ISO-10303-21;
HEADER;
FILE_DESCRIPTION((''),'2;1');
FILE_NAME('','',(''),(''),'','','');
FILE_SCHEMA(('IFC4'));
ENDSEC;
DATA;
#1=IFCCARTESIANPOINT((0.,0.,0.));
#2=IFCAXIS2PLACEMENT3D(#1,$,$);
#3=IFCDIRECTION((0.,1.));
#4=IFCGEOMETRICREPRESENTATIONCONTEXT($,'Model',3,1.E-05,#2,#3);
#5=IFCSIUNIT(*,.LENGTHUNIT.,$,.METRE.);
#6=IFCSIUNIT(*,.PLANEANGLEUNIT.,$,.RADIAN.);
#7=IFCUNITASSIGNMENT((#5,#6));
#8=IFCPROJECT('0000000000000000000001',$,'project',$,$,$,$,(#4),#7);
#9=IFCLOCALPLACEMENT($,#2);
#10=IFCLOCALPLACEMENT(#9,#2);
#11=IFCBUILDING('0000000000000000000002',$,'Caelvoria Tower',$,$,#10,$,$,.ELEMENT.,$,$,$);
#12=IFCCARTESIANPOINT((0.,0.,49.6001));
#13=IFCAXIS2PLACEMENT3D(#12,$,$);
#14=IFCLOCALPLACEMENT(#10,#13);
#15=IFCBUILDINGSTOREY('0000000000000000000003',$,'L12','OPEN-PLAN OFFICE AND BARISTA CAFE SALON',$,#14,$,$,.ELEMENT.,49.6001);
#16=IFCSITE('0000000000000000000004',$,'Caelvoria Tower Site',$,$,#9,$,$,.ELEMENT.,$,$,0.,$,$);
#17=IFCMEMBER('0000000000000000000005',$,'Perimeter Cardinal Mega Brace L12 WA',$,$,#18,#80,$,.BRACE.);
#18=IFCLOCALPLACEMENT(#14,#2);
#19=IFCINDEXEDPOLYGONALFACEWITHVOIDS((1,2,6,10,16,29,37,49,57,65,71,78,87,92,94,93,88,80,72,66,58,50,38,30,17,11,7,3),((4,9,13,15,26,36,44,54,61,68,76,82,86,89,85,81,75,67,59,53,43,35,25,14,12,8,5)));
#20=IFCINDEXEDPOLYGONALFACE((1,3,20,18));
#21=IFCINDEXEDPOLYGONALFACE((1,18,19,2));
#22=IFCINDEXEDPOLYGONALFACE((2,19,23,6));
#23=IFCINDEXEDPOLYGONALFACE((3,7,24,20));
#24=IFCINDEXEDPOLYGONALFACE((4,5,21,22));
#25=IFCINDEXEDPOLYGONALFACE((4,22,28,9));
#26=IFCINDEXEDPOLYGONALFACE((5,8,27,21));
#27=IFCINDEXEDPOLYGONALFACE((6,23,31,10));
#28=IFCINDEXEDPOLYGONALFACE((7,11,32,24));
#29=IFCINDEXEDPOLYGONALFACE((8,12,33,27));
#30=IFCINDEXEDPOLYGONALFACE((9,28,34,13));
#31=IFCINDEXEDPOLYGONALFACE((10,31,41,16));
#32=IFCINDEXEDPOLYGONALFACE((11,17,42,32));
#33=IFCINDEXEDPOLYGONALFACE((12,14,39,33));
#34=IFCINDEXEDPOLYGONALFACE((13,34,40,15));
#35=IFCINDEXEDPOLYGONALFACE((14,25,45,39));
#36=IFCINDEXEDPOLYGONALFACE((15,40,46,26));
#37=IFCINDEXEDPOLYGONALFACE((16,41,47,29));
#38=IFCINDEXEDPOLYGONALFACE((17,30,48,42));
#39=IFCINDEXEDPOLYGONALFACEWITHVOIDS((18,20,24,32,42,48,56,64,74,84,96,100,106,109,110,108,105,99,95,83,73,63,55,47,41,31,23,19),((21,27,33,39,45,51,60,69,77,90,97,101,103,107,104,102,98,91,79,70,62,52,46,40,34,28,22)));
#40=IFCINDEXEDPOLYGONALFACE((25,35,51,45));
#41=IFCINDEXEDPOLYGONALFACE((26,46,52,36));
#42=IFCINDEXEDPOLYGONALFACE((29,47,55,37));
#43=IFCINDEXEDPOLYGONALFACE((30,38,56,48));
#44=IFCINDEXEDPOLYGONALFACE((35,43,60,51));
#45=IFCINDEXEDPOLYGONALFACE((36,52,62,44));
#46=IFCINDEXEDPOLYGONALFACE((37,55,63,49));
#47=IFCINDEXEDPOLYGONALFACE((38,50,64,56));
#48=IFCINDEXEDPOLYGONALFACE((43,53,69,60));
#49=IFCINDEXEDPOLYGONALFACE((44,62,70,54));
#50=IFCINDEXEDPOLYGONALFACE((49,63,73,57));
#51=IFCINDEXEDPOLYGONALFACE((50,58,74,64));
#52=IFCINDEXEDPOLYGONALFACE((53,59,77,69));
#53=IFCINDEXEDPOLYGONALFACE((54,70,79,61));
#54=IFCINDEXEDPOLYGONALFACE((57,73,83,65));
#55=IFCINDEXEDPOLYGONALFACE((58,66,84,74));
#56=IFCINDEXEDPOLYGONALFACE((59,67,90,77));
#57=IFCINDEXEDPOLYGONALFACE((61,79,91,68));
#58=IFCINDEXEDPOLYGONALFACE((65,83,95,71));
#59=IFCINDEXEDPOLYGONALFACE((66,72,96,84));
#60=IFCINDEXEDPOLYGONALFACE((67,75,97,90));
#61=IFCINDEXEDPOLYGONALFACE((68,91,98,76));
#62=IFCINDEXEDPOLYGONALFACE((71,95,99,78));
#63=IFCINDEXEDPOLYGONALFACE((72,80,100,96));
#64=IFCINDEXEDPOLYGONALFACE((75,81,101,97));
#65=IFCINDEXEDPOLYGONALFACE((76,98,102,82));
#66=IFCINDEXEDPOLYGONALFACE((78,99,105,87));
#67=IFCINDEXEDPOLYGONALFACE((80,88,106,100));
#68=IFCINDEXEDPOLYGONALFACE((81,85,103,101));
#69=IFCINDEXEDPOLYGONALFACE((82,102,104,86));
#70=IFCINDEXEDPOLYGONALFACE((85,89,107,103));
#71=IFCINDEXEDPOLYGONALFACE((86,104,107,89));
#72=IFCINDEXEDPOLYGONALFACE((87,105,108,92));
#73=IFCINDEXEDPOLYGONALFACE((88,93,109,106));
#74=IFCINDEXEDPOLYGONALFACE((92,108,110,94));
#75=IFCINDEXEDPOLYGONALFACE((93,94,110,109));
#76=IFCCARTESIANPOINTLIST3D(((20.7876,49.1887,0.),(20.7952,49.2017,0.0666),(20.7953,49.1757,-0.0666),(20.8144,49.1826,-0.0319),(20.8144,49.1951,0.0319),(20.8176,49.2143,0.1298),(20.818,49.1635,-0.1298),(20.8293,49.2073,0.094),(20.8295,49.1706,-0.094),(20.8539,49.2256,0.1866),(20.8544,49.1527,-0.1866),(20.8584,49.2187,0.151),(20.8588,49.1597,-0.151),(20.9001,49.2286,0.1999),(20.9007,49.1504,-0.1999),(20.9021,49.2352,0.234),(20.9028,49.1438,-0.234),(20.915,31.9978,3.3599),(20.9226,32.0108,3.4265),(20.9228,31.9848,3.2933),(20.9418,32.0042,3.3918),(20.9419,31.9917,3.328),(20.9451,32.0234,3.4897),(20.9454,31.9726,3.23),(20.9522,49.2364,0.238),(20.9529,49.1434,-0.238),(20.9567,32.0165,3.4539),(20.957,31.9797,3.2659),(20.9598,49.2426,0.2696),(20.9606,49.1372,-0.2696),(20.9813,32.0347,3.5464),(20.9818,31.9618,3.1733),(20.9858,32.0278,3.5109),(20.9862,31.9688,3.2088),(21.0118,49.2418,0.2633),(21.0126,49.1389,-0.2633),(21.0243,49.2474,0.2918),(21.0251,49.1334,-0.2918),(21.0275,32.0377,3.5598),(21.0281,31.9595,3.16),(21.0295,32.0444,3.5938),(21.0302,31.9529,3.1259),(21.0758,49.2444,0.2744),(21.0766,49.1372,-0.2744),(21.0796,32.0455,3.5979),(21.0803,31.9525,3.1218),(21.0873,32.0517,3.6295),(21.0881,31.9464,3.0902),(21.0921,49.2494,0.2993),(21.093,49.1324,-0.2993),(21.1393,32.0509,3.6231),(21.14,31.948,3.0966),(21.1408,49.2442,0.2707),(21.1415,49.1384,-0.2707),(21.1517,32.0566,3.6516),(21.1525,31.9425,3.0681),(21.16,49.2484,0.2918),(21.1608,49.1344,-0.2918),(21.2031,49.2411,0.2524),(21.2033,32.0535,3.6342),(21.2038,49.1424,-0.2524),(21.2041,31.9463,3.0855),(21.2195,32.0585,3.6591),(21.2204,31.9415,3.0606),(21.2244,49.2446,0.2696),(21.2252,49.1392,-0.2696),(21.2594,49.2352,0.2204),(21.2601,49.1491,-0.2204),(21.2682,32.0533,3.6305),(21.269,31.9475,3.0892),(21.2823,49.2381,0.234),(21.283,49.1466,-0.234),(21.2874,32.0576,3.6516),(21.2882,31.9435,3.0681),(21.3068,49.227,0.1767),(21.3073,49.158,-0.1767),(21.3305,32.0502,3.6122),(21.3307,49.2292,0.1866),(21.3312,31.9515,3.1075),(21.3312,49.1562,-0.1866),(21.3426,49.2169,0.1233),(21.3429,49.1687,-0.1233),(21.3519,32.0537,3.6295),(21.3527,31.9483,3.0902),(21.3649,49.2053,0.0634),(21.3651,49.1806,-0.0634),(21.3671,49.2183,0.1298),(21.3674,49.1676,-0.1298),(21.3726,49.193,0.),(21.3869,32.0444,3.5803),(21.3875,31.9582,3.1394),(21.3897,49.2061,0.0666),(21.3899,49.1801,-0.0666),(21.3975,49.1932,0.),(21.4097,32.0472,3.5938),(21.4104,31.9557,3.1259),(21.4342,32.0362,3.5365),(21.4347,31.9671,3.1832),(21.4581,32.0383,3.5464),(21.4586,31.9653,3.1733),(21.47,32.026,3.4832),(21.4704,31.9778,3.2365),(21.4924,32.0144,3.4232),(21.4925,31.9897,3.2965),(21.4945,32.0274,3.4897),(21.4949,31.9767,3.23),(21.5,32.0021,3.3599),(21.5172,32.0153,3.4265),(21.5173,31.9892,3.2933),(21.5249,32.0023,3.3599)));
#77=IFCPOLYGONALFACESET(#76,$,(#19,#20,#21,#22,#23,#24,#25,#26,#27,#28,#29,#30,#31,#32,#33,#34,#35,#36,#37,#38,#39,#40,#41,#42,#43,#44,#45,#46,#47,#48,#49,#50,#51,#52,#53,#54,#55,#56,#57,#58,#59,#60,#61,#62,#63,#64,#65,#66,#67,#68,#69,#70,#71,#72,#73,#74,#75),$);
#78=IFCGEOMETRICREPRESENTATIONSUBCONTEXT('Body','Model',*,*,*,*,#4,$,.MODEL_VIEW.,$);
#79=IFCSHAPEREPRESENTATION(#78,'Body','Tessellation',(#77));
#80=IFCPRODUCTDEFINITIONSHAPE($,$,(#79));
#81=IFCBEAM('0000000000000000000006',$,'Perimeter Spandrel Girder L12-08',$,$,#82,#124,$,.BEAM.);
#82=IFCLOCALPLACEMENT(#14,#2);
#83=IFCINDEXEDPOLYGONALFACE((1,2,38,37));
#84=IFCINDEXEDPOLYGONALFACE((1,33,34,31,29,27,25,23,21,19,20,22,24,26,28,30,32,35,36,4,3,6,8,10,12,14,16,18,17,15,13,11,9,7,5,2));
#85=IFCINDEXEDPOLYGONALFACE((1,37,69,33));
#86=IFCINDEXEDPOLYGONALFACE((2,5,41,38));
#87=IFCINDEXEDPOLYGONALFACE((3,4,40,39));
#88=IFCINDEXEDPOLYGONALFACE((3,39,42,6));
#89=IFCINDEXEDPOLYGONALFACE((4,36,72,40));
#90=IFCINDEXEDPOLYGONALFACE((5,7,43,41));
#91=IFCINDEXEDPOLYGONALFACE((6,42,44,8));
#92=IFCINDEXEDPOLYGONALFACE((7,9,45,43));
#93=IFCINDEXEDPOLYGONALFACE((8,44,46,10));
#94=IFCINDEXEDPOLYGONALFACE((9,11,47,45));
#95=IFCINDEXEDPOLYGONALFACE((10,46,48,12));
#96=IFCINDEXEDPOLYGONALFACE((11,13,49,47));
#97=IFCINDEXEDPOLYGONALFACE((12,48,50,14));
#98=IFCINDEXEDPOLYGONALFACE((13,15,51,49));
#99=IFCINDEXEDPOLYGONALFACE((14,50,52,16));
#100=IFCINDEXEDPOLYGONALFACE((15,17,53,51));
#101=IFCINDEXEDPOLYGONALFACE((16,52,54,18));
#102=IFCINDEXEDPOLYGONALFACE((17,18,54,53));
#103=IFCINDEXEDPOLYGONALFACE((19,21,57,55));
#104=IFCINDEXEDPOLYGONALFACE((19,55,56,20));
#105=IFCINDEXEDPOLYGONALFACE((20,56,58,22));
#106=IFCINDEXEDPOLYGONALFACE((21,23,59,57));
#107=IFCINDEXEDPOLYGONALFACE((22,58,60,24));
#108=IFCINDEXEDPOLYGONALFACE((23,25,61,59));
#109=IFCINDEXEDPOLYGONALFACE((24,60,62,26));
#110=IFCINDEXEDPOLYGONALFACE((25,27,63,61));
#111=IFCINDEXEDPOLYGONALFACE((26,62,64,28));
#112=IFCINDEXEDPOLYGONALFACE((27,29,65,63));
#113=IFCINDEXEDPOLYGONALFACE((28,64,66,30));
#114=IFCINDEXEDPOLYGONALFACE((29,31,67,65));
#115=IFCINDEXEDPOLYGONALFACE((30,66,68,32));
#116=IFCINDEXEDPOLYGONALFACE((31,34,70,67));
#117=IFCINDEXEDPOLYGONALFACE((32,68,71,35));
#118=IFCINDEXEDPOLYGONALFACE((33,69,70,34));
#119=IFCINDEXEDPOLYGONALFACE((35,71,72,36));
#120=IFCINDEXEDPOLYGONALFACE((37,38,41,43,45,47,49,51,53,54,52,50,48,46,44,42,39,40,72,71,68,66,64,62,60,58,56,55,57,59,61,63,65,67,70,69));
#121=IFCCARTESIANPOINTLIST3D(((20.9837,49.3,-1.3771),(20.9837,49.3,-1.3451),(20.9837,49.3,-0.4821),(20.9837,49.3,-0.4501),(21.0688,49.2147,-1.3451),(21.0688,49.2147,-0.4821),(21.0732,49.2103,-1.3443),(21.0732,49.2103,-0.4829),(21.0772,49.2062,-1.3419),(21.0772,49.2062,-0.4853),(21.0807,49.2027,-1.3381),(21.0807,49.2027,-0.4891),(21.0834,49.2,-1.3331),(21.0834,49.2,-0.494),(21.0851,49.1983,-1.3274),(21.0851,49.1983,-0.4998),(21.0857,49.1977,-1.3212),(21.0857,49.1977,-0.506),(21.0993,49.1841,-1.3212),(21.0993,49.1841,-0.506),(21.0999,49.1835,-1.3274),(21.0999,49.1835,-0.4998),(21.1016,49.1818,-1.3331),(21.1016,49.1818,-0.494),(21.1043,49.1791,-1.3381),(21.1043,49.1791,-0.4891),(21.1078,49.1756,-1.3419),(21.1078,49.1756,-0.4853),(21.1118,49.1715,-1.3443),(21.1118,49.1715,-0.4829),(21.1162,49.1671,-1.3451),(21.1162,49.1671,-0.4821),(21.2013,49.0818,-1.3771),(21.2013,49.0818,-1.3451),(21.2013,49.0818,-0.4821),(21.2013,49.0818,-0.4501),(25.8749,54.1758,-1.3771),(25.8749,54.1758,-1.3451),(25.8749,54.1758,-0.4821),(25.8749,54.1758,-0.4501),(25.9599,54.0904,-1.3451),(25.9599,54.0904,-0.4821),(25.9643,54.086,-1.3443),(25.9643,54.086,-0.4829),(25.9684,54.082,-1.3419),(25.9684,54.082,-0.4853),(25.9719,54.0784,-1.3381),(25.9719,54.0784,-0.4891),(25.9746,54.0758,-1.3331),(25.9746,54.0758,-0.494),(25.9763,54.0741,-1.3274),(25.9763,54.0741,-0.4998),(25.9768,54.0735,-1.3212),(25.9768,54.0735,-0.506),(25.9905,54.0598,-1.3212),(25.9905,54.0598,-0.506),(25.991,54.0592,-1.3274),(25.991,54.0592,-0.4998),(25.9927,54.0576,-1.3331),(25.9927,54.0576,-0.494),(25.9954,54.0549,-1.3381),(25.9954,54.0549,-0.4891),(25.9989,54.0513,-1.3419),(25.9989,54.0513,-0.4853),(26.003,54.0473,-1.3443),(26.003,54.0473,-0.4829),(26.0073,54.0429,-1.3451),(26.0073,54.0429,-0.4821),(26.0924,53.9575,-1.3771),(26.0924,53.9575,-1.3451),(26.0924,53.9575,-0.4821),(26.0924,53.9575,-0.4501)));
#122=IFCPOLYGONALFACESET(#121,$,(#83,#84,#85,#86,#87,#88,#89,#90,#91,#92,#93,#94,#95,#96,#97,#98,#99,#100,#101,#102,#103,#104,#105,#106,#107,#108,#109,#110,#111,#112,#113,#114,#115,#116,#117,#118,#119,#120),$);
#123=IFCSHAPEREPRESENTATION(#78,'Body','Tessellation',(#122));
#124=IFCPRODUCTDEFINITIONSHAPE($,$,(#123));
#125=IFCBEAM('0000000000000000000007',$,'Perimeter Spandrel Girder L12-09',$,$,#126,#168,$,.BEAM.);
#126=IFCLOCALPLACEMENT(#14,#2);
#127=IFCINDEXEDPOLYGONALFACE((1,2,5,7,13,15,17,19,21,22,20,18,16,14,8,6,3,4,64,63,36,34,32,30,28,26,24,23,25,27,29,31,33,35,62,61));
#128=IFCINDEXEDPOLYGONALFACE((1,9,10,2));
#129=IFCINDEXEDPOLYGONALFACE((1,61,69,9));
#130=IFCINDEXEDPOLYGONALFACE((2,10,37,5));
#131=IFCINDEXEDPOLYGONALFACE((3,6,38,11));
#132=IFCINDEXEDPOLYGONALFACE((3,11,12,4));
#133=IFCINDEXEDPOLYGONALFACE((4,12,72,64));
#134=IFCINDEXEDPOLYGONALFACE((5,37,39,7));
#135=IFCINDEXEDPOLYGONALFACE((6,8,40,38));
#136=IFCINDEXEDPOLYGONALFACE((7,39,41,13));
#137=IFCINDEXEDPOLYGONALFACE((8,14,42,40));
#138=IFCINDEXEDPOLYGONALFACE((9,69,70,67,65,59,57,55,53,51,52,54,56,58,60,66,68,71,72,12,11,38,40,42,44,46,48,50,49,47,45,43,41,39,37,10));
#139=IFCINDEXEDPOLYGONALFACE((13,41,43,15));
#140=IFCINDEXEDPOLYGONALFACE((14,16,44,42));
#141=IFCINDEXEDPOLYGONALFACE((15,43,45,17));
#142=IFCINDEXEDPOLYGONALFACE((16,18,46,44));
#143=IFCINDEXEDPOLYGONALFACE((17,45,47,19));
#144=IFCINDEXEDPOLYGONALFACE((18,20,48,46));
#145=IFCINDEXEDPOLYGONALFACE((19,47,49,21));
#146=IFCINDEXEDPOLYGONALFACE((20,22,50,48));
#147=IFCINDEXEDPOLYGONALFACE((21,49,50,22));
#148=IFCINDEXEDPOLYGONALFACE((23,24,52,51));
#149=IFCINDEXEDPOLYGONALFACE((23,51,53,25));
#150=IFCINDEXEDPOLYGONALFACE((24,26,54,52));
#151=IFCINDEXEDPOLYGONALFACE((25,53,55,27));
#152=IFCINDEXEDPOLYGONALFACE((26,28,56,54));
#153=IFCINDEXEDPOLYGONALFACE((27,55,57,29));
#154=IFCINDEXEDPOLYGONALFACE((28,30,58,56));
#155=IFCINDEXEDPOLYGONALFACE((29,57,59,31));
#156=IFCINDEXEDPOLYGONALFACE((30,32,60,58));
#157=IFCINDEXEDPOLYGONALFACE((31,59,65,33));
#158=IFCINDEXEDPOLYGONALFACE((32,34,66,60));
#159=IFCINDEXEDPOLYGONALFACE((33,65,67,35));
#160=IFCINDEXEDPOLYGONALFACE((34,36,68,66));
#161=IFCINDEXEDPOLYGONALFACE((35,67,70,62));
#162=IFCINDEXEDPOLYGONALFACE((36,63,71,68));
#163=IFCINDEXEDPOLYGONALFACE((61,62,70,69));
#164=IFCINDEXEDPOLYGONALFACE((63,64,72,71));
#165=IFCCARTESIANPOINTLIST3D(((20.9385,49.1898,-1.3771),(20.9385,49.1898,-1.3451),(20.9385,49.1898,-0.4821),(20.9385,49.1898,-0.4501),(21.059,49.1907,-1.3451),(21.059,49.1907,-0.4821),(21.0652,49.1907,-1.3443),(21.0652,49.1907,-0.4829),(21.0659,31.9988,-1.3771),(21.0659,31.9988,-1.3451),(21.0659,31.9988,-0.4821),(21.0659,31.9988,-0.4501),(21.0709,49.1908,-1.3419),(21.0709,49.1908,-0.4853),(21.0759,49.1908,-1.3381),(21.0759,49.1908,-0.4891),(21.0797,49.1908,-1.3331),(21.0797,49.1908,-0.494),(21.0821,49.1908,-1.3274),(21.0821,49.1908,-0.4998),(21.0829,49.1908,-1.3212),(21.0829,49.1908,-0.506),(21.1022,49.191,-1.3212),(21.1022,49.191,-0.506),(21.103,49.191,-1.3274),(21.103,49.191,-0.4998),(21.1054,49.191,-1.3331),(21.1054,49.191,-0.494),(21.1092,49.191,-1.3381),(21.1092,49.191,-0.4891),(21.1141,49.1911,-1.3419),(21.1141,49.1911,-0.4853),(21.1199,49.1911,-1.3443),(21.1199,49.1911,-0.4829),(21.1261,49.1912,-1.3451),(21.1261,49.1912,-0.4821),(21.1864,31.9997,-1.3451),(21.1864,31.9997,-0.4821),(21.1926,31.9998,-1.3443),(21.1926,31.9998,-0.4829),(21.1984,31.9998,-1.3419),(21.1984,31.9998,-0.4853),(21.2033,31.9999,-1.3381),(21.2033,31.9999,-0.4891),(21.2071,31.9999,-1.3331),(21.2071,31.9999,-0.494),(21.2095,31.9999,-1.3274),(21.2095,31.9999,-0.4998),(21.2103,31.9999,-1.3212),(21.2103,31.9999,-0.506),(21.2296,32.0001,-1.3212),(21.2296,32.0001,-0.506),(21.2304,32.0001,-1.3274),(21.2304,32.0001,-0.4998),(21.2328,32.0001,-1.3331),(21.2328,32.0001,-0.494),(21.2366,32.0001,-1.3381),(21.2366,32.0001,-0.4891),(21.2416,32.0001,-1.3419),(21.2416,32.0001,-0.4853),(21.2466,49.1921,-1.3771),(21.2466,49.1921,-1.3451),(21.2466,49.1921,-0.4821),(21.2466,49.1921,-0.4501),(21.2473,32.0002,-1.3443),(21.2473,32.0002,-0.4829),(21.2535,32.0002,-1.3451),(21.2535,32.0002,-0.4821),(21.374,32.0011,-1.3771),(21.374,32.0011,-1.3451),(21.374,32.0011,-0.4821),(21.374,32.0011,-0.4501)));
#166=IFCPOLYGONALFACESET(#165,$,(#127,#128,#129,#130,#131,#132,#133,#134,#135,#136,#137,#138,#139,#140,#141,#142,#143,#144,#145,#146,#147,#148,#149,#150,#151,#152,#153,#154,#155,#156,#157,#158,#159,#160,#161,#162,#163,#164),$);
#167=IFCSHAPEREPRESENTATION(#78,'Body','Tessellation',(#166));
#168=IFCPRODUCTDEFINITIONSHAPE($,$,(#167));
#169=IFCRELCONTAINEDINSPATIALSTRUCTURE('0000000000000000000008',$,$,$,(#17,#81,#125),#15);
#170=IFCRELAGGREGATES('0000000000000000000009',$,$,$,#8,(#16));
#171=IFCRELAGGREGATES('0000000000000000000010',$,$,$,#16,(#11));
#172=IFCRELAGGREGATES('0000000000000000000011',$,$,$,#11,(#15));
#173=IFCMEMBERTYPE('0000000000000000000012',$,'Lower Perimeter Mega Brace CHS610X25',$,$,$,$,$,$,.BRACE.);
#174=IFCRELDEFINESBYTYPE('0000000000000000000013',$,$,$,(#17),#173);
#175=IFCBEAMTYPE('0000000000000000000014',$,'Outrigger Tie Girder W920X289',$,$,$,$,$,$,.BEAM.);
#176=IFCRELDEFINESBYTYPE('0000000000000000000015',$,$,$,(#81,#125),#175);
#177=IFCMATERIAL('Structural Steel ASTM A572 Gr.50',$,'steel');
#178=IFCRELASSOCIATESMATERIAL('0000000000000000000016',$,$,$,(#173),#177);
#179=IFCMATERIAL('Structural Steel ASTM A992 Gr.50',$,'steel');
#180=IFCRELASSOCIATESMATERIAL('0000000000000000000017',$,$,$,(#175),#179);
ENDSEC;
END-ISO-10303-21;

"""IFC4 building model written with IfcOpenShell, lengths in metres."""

from ifc_helpers import new_model, si_unit, direction, frame, origin, origin_2d, place, context, subcontext, project, spatial, hollow_circle, i_section, extrude, material, material_profile, profile_set, type_object, element, save


model = new_model("IFC4")

# Units and contexts
model_context = context("Model", 3, precision=1e-05, world=origin(), true_north=direction((0.0, 1.0)))
body_context = subcontext(model_context, "Body", "Model", "MODEL_VIEW")
ifc_project = project(units=[si_unit("LENGTHUNIT", "METRE"), si_unit("PLANEANGLEUNIT", "RADIAN")], contexts=[model_context])

# Site, building, storey
site_placement = place(None, origin())
site = spatial("IfcSite", under=ifc_project, at=site_placement, Name="Caelvoria Tower Site", CompositionType="ELEMENT", RefElevation=0.0)
building_placement = place(site_placement, origin())
building = spatial("IfcBuilding", under=site, at=building_placement, Name="Caelvoria Tower", CompositionType="ELEMENT")
storey_placement = place(building_placement, frame((0.0, 0.0, 49.6001)))
storey = spatial("IfcBuildingStorey", under=building, at=storey_placement, Name="L12", Description="OPEN-PLAN OFFICE AND BARISTA CAFE SALON", CompositionType="ELEMENT", Elevation=49.6001)

# Shared definitions
ifc_material_1 = material(Name="Structural Steel ASTM A572 Gr.50", Category="steel")

# Member
ifc_material_profile_1 = material_profile(ifc_material_1, hollow_circle(Radius=0.3049, WallThickness=0.0249, at=origin_2d()), Name="Structural Steel ASTM A572 Gr.50")
ifc_profile_set_1 = profile_set([ifc_material_profile_1], Name="CHS610X25 - Structural Steel ASTM A572 Gr.50")
member_type = type_object("IfcMemberType", Name="Lower Perimeter Mega Brace CHS610X25", PredefinedType="BRACE", material=ifc_profile_set_1)
member_1_placement = place(storey_placement, frame((21.0925, 49.1909, 0.0), z_axis=(0.007275, -0.981405, 0.19181), x_axis=(0.999973, 0.007413, 0.0)))
element("IfcMember", 1, at=member_1_placement, inside=storey, type_object=member_type, Name="Perimeter Cardinal Mega Brace L12 WA", PredefinedType="BRACE", context=body_context, shape_type="SweptSolid", body=[
    extrude(hollow_circle(Radius=0.3049, WallThickness=0.0249, at=origin_2d()), origin(), (0.0, 0.0, 1.0), 17.5166),
])

# Beams
ifc_material_2 = material(Name="Structural Steel ASTM A992 Gr.50", Category="steel")
ifc_material_profile_2 = material_profile(ifc_material_2, i_section(OverallWidth=0.3081, OverallDepth=0.927, WebThickness=0.0193, FlangeThickness=0.032, FilletRadius=0.0239, at=origin_2d()), Name="Structural Steel ASTM A992 Gr.50")
ifc_profile_set_2 = profile_set([ifc_material_profile_2], Name="W920X289 - Structural Steel ASTM A992 Gr.50")
beam_type_1 = type_object("IfcBeamType", Name="Outrigger Tie Girder W920X289", PredefinedType="BEAM", material=ifc_profile_set_2)
beam_1_placement = place(storey_placement, frame((25.9836, 54.0667, -0.9136), z_axis=(-0.708219, -0.705992, 0.0), x_axis=(0.705992, -0.708219, 0.0)))
element("IfcBeam", 2, at=beam_1_placement, inside=storey, type_object=beam_type_1, Name="Perimeter Spandrel Girder L12-08", PredefinedType="BEAM", context=body_context, shape_type="SweptSolid", body=[
    extrude(i_section(OverallWidth=0.3081, OverallDepth=0.927, WebThickness=0.0193, FlangeThickness=0.032, FilletRadius=0.0239, at=origin_2d()), origin(), (0.0, 0.0, 1.0), 6.9062),
])
beam_2_placement = place(storey_placement, frame((21.0925, 49.1909, -0.9136), z_axis=(0.007413, -0.999973, 0.0), x_axis=(0.999973, 0.007413, 0.0)))
element("IfcBeam", 3, at=beam_2_placement, inside=storey, type_object=beam_type_1, Name="Perimeter Spandrel Girder L12-09", PredefinedType="BEAM", context=body_context, shape_type="SweptSolid", body=[
    extrude(i_section(OverallWidth=0.3081, OverallDepth=0.927, WebThickness=0.0193, FlangeThickness=0.032, FilletRadius=0.0239, at=origin_2d()), origin(), (0.0, 0.0, 1.0), 17.1914),
])

save(model, "model.ifc")
